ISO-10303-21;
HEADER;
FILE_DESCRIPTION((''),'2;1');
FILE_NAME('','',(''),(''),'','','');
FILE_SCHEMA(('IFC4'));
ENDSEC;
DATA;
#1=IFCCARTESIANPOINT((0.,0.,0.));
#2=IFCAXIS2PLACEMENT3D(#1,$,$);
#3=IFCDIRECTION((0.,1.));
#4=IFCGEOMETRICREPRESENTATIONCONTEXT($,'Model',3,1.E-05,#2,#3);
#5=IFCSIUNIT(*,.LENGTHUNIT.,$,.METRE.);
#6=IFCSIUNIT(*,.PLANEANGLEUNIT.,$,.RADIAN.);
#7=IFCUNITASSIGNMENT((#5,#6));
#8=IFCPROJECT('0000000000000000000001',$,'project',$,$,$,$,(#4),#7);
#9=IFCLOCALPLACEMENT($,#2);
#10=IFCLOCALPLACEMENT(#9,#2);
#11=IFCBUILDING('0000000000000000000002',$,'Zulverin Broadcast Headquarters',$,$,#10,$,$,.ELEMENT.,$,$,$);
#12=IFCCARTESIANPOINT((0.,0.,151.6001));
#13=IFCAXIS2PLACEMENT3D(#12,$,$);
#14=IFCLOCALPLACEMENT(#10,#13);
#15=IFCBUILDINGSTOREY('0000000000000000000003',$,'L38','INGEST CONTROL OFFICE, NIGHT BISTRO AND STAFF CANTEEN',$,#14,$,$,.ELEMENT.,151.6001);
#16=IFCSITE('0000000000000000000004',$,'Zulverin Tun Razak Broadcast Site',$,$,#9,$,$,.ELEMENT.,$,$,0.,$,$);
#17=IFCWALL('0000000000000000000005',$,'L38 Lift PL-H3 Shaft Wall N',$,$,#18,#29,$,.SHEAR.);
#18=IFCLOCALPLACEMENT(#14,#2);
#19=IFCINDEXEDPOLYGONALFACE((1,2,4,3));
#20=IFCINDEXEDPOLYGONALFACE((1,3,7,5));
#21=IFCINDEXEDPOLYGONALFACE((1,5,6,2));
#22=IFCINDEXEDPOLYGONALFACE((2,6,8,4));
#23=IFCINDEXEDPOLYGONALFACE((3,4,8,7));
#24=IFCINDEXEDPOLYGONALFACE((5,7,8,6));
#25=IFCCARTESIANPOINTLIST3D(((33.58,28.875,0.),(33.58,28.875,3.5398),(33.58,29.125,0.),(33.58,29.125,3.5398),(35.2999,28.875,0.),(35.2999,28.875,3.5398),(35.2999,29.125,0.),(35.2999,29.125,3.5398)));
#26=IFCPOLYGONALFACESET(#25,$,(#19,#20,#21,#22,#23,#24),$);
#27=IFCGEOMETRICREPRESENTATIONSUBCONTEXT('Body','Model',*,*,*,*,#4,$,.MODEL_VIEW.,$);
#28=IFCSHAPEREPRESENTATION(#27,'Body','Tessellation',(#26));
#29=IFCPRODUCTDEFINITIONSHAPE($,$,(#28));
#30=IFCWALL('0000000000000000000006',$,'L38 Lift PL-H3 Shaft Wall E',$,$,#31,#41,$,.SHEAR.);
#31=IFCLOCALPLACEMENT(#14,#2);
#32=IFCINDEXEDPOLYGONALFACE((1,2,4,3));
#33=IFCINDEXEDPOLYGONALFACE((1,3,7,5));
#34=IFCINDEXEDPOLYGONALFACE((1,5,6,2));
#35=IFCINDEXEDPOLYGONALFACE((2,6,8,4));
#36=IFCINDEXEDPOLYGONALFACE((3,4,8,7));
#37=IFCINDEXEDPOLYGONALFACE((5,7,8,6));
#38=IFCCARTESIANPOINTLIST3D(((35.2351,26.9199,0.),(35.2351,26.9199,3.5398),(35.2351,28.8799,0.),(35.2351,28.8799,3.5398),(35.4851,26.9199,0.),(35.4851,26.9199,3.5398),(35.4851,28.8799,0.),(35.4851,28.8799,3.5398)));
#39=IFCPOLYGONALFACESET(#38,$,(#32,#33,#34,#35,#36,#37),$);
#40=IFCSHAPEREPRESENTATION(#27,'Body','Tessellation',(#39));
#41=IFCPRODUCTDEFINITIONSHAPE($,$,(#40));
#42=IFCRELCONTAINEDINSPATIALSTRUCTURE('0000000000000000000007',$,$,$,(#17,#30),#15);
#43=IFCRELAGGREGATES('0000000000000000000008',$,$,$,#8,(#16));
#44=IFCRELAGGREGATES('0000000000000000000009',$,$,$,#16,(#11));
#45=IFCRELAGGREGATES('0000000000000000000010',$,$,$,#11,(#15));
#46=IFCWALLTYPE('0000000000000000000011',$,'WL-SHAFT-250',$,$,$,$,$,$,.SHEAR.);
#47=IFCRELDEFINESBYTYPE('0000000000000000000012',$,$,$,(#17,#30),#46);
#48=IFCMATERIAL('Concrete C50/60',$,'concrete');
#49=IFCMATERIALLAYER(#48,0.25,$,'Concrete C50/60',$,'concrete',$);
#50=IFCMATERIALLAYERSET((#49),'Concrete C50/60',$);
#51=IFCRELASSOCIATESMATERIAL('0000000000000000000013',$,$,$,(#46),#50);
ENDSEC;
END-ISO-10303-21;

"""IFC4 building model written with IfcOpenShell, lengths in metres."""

from ifc_helpers import new_model, si_unit, direction, frame, frame_2d, origin, place, context, subcontext, project, spatial, rectangle, extrude, material, layer, layer_set, type_object, element, save


model = new_model("IFC4")

# Units and contexts
model_context = context("Model", 3, precision=1e-05, world=origin(), true_north=direction((0.0, 1.0)))
body_context = subcontext(model_context, "Body", "Model", "MODEL_VIEW")
ifc_project = project(units=[si_unit("LENGTHUNIT", "METRE"), si_unit("PLANEANGLEUNIT", "RADIAN")], contexts=[model_context])

# Site, building, storey
site_placement = place(None, origin())
site = spatial("IfcSite", under=ifc_project, at=site_placement, Name="Zulverin Tun Razak Broadcast Site", CompositionType="ELEMENT", RefElevation=0.0)
building_placement = place(site_placement, origin())
building = spatial("IfcBuilding", under=site, at=building_placement, Name="Zulverin Broadcast Headquarters", CompositionType="ELEMENT")
storey_placement = place(building_placement, frame((0.0, 0.0, 151.6001)))
storey = spatial("IfcBuildingStorey", under=building, at=storey_placement, Name="L38", Description="INGEST CONTROL OFFICE, NIGHT BISTRO AND STAFF CANTEEN", CompositionType="ELEMENT", Elevation=151.6001)

# Shared definitions
ifc_material_1 = material(Name="Concrete C50/60", Category="concrete")
ifc_layer_1 = layer(ifc_material_1, 0.25, Name="Concrete C50/60", Category="concrete")
ifc_layer_set_1 = layer_set([ifc_layer_1], Name="Concrete C50/60")
wall_type_1 = type_object("IfcWallType", Name="WL-SHAFT-250", PredefinedType="SHEAR", material=ifc_layer_set_1)

# Walls
for number, where, z_axis, x_axis, name in (
    (1, (33.5801, 29.0, 0.0), (0.0, 0.0, 1.0), (1.0, 0.0, 0.0), "L38 Lift PL-H3 Shaft Wall N"),
):
    element("IfcWall", number, at=place(storey_placement, frame(where, z_axis=z_axis, x_axis=x_axis)), inside=storey, type_object=wall_type_1, Name=name, PredefinedType="SHEAR", context=body_context, shape_type="SweptSolid", body=[
        extrude(rectangle(XDim=1.72, YDim=0.25, at=frame_2d((0.8599, 0.0))), origin(), (0.0, 0.0, 1.0), 3.5398),
    ])
wall_1_placement = place(storey_placement, frame((35.3601, 26.9199, 0.0), z_axis=(0.0, 0.0, 1.0), x_axis=(0.0, 1.0, 0.0)))
element("IfcWall", 2, at=wall_1_placement, inside=storey, type_object=wall_type_1, Name="L38 Lift PL-H3 Shaft Wall E", PredefinedType="SHEAR", context=body_context, shape_type="SweptSolid", body=[
    extrude(rectangle(XDim=1.96, YDim=0.25, at=frame_2d((0.98, 0.0))), origin(), (0.0, 0.0, 1.0), 3.5398),
])

save(model, "model.ifc")
